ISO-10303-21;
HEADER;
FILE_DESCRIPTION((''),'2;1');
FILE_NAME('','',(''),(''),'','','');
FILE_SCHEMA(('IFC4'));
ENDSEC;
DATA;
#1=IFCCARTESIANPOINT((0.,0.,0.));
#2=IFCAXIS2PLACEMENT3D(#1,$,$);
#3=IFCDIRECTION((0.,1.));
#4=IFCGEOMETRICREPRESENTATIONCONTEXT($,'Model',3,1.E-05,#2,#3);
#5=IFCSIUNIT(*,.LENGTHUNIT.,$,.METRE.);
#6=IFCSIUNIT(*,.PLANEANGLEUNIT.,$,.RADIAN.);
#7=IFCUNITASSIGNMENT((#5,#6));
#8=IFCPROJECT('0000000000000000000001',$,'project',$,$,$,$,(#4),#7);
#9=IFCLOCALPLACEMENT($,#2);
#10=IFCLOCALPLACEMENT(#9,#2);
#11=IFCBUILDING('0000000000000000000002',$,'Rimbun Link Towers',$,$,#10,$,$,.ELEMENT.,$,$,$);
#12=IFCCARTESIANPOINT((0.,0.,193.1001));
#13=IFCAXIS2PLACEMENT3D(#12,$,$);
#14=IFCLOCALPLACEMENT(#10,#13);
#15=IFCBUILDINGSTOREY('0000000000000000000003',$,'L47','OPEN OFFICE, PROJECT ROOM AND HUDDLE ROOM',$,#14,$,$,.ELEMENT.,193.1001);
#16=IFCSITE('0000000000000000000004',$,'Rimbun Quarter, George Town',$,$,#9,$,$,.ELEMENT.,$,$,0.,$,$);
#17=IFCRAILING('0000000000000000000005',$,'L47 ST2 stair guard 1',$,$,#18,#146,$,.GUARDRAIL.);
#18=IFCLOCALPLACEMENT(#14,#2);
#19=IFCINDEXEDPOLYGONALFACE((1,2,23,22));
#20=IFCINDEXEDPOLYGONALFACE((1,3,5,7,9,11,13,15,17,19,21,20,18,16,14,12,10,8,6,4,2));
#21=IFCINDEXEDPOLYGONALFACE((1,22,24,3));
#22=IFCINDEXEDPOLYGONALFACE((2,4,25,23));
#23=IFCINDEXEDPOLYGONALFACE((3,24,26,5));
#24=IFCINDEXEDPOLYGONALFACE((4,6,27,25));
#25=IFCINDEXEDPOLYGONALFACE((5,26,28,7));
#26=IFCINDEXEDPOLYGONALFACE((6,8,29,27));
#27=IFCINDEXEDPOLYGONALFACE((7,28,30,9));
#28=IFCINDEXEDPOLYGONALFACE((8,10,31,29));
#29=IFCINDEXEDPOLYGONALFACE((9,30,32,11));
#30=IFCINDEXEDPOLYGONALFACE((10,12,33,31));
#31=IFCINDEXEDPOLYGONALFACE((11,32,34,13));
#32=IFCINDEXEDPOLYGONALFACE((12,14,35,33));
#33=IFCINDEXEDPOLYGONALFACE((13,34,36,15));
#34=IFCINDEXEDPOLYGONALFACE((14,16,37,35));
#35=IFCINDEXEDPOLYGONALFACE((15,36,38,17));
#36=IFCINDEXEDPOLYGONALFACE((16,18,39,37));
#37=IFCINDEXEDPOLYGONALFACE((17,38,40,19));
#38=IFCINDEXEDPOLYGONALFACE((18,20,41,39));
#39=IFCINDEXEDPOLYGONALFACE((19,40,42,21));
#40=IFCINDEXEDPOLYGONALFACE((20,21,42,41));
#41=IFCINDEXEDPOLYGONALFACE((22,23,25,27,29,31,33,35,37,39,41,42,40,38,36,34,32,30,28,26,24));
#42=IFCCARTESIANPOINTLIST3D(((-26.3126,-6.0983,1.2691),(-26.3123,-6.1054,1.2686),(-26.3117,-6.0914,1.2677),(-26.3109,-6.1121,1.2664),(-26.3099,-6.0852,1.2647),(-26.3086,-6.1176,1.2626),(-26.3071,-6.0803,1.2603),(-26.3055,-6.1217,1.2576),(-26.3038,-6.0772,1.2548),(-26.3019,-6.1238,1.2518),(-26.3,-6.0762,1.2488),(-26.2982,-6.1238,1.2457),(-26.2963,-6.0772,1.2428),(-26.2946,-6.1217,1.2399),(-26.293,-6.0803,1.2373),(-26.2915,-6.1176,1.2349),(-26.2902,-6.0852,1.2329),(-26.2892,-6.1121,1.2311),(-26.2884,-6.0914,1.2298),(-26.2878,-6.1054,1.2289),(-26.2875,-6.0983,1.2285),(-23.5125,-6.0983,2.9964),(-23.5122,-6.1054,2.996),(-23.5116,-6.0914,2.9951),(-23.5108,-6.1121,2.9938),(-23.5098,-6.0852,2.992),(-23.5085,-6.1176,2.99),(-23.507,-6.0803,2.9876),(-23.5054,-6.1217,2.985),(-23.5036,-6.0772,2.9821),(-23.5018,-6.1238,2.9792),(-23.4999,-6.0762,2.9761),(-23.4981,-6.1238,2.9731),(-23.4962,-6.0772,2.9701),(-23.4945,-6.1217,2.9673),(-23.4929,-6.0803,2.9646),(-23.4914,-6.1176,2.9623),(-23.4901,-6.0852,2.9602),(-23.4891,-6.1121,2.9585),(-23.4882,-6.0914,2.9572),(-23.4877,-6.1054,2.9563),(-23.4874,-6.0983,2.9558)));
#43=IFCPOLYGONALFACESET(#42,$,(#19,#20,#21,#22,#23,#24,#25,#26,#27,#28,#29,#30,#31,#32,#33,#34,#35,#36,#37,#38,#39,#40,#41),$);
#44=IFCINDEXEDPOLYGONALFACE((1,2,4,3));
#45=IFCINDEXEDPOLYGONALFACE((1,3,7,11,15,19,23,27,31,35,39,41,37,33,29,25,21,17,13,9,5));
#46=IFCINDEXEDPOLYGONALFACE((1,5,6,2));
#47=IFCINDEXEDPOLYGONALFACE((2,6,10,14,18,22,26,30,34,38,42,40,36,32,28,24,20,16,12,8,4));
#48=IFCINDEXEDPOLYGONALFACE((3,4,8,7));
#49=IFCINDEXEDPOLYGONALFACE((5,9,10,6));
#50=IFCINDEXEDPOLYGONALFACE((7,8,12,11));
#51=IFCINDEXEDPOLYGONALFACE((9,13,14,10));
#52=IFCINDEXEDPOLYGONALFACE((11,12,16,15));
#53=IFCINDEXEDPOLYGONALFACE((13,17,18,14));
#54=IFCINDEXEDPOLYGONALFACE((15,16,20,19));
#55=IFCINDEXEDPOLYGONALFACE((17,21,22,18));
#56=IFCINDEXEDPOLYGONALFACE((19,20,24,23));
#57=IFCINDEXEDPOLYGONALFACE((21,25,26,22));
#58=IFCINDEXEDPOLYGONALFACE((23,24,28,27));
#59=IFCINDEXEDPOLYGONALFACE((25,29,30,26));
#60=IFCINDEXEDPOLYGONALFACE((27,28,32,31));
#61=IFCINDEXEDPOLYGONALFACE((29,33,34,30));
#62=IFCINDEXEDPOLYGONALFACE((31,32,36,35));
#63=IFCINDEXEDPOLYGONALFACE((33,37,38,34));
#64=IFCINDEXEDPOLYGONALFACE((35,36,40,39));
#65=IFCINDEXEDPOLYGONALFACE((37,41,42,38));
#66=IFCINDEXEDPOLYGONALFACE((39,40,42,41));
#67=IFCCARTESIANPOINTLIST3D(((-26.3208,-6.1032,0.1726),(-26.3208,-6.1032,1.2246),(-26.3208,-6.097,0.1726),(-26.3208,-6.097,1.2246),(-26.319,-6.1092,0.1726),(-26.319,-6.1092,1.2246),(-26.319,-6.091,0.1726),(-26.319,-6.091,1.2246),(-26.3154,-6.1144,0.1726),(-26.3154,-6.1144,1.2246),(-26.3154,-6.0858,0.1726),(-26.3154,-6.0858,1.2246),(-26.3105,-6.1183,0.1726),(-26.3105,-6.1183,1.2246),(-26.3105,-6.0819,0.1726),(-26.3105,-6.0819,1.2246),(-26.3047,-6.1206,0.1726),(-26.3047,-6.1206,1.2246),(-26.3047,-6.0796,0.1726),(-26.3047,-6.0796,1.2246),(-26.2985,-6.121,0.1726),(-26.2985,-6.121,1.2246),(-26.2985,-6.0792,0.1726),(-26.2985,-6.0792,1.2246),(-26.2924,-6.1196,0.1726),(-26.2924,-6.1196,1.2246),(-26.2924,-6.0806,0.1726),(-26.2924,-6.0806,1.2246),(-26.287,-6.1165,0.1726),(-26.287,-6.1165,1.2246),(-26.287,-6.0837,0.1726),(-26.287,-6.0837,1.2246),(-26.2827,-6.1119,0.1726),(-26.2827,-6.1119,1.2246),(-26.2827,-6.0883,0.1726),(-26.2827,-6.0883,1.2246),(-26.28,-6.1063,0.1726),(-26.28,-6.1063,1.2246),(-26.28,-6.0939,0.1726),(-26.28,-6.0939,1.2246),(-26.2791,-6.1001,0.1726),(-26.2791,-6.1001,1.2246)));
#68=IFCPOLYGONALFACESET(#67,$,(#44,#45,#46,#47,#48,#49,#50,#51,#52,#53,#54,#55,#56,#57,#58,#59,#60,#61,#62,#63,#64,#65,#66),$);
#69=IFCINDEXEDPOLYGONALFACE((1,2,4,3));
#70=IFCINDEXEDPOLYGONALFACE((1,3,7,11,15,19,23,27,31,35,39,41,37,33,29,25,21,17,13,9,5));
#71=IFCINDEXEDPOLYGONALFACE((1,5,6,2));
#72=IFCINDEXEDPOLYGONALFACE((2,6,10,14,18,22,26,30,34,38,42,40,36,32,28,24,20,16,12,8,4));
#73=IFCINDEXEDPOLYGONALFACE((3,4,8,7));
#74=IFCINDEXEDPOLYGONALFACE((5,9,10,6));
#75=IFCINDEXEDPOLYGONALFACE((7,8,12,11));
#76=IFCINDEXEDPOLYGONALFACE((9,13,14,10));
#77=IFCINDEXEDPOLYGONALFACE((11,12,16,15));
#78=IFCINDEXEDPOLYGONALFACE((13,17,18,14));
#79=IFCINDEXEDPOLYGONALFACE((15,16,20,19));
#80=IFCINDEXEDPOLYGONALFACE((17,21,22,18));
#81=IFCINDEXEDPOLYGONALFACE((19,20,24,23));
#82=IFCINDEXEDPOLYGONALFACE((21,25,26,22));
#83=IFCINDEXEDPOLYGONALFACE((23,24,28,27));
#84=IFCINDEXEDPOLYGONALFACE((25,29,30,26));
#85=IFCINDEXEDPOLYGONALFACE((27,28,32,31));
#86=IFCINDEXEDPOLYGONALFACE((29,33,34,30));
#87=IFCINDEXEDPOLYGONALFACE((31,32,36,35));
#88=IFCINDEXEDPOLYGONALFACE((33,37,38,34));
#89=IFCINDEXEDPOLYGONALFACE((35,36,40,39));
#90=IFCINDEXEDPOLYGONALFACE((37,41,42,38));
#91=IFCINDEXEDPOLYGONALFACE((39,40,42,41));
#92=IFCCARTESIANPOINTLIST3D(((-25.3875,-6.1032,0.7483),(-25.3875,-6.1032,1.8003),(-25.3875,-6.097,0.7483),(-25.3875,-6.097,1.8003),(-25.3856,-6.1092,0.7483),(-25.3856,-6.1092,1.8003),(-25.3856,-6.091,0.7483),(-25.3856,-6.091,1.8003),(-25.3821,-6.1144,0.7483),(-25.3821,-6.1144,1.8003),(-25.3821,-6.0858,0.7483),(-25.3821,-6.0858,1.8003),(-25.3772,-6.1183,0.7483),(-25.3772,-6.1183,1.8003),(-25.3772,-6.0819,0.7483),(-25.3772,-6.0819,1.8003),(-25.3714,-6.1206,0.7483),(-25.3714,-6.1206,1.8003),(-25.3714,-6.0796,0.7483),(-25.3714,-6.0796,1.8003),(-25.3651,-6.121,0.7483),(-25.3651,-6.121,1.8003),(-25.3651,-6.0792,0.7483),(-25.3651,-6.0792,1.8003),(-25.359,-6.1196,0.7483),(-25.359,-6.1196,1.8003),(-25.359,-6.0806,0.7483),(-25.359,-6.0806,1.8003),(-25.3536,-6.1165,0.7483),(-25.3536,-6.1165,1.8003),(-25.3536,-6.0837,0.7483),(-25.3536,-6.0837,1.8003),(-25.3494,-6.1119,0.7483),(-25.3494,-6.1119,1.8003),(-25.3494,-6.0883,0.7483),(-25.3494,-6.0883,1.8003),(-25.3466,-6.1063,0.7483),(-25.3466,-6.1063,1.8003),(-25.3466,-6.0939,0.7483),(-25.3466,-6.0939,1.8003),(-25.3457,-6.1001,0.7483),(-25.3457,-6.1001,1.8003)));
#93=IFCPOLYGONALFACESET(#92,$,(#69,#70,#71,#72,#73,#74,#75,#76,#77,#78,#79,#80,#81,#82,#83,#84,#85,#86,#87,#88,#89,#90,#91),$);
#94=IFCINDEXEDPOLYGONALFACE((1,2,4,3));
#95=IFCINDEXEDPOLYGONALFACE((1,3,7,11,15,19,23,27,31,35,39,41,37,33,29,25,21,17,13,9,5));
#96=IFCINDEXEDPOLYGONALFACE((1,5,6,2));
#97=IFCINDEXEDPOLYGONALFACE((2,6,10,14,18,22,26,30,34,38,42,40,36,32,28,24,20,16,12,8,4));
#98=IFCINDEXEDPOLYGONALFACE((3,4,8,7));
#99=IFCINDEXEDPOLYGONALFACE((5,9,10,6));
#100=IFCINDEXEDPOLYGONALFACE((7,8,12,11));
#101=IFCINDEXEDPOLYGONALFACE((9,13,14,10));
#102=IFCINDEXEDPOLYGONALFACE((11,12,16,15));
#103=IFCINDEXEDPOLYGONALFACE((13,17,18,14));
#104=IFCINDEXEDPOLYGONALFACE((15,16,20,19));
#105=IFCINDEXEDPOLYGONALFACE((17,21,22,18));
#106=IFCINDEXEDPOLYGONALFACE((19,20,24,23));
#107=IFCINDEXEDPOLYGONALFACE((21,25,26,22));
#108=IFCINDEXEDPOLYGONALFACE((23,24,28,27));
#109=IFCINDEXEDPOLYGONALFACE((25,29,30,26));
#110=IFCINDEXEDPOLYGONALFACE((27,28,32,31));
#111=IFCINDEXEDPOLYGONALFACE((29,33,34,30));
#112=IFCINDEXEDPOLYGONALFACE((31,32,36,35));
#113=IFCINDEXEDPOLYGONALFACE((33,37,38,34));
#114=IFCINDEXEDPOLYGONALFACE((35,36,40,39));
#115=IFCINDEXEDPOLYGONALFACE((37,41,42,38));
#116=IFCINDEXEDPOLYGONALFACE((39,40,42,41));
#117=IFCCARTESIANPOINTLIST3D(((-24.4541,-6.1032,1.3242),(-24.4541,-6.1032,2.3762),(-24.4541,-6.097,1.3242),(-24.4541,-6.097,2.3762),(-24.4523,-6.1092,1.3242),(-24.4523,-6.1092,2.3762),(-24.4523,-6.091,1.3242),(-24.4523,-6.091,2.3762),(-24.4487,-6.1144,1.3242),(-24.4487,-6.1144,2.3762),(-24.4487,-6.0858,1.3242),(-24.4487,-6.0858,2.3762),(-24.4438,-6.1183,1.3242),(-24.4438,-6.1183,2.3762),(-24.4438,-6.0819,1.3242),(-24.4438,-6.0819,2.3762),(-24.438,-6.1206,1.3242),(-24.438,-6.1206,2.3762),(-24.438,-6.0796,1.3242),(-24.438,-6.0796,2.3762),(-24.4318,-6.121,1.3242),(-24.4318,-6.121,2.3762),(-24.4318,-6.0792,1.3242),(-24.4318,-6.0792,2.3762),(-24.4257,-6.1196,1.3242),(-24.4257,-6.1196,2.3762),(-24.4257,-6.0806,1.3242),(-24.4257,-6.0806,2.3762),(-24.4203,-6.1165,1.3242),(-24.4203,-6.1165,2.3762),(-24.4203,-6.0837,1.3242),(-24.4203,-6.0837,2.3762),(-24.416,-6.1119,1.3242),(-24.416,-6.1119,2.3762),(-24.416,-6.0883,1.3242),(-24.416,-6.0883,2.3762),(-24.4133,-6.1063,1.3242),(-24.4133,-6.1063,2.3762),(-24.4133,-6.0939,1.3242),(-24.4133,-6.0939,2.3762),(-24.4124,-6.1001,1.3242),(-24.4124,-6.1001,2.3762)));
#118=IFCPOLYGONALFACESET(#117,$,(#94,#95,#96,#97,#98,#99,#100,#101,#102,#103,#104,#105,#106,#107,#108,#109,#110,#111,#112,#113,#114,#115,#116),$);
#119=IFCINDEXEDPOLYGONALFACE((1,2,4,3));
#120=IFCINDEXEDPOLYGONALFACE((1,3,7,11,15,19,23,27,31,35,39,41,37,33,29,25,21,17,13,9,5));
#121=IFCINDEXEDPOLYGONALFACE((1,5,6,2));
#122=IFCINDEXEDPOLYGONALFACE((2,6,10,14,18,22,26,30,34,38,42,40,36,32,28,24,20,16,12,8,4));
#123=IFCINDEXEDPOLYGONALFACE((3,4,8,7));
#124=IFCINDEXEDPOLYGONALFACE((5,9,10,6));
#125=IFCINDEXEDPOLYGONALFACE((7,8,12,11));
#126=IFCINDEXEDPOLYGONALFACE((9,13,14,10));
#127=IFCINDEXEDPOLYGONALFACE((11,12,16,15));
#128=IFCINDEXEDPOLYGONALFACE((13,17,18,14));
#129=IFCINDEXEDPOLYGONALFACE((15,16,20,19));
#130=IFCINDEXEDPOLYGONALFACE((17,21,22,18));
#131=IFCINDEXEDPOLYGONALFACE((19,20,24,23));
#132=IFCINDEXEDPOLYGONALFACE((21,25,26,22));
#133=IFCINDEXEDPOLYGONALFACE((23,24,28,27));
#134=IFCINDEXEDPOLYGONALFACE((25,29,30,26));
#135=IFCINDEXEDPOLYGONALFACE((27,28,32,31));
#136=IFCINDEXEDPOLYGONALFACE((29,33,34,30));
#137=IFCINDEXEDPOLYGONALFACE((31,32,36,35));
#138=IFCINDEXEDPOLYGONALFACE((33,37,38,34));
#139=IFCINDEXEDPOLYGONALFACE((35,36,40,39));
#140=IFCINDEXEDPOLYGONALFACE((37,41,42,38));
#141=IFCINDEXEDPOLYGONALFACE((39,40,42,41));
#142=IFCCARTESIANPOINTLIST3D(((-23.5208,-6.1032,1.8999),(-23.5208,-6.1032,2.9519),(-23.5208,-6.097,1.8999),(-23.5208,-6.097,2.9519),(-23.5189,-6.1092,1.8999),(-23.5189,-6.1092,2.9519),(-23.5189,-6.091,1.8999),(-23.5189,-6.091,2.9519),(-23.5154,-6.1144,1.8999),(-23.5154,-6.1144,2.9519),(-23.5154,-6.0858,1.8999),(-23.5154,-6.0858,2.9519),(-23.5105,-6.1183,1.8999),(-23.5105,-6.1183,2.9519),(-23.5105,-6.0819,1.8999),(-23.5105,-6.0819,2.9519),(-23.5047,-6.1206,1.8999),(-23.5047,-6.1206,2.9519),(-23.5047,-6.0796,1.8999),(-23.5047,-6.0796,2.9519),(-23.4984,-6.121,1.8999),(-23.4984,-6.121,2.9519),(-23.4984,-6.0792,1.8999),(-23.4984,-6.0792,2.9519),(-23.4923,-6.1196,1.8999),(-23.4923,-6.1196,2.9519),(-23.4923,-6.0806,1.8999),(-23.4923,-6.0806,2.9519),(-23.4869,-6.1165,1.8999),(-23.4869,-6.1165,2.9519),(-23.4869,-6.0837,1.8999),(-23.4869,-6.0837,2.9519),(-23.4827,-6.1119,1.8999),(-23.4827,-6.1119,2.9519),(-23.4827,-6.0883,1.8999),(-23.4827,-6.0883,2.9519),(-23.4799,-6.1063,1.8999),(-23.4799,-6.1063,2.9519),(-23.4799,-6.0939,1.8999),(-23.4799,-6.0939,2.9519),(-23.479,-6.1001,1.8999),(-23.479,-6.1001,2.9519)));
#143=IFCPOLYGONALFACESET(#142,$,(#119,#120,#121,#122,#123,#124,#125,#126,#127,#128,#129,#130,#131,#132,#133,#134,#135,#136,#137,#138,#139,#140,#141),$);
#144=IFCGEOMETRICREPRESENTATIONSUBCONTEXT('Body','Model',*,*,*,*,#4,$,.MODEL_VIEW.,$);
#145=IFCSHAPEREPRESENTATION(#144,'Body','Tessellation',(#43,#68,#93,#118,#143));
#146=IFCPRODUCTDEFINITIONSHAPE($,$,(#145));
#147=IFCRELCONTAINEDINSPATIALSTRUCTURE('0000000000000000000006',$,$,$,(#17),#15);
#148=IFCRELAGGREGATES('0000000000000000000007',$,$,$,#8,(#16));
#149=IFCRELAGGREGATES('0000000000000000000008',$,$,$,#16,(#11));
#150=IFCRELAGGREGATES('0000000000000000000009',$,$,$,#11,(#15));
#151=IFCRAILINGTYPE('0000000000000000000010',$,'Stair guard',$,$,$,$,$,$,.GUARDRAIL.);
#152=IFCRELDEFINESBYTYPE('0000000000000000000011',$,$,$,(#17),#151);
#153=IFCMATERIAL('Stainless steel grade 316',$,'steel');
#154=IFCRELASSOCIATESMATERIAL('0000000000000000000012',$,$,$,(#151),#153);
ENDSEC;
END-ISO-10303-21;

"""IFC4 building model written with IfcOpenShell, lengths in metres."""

from ifc_helpers import new_model, si_unit, direction, frame, origin, origin_2d, place, context, subcontext, project, spatial, circle, extrude, material, type_object, element, save


model = new_model("IFC4")

# Units and contexts
model_context = context("Model", 3, precision=1e-05, world=origin(), true_north=direction((0.0, 1.0)))
body_context = subcontext(model_context, "Body", "Model", "MODEL_VIEW")
ifc_project = project(units=[si_unit("LENGTHUNIT", "METRE"), si_unit("PLANEANGLEUNIT", "RADIAN")], contexts=[model_context])

# Site, building, storey
site_placement = place(None, origin())
site = spatial("IfcSite", under=ifc_project, at=site_placement, Name="Rimbun Quarter, George Town", CompositionType="ELEMENT", RefElevation=0.0)
building_placement = place(site_placement, origin())
building = spatial("IfcBuilding", under=site, at=building_placement, Name="Rimbun Link Towers", CompositionType="ELEMENT")
storey_placement = place(building_placement, frame((0.0, 0.0, 193.1001)))
storey = spatial("IfcBuildingStorey", under=building, at=storey_placement, Name="L47", Description="OPEN OFFICE, PROJECT ROOM AND HUDDLE ROOM", CompositionType="ELEMENT", Elevation=193.1001)

# Railing
ifc_material_1 = material(Name="Stainless steel grade 316", Category="steel")
railing_type_1 = type_object("IfcRailingType", Name="Stair guard", PredefinedType="GUARDRAIL", material=ifc_material_1)
railing_1_placement = place(storey_placement, frame((-26.3, -6.1001, 0.1726)))
element("IfcRailing", 1, at=railing_1_placement, inside=storey, type_object=railing_type_1, Name="L47 ST2 stair guard 1", PredefinedType="GUARDRAIL", context=body_context, shape_type="SweptSolid", body=[
    extrude(circle(Radius=0.0239, at=origin_2d()), frame((0.0, 0.0, 1.0762), z_axis=(0.85109, 0.0, 0.52502), x_axis=(0.0, 1.0, 0.0)), (0.0, 0.0, 1.0), 3.29),
    extrude(circle(Radius=0.021, at=origin_2d()), origin(), (0.0, 0.0, 1.0), 1.052),
    extrude(circle(Radius=0.021, at=origin_2d()), frame((0.9333, 0.0, 0.5757)), (0.0, 0.0, 1.0), 1.052),
    extrude(circle(Radius=0.021, at=origin_2d()), frame((1.8667, 0.0, 1.1516)), (0.0, 0.0, 1.0), 1.052),
    extrude(circle(Radius=0.021, at=origin_2d()), frame((2.8, 0.0, 1.7273)), (0.0, 0.0, 1.0), 1.052),
])

save(model, "model.ifc")
